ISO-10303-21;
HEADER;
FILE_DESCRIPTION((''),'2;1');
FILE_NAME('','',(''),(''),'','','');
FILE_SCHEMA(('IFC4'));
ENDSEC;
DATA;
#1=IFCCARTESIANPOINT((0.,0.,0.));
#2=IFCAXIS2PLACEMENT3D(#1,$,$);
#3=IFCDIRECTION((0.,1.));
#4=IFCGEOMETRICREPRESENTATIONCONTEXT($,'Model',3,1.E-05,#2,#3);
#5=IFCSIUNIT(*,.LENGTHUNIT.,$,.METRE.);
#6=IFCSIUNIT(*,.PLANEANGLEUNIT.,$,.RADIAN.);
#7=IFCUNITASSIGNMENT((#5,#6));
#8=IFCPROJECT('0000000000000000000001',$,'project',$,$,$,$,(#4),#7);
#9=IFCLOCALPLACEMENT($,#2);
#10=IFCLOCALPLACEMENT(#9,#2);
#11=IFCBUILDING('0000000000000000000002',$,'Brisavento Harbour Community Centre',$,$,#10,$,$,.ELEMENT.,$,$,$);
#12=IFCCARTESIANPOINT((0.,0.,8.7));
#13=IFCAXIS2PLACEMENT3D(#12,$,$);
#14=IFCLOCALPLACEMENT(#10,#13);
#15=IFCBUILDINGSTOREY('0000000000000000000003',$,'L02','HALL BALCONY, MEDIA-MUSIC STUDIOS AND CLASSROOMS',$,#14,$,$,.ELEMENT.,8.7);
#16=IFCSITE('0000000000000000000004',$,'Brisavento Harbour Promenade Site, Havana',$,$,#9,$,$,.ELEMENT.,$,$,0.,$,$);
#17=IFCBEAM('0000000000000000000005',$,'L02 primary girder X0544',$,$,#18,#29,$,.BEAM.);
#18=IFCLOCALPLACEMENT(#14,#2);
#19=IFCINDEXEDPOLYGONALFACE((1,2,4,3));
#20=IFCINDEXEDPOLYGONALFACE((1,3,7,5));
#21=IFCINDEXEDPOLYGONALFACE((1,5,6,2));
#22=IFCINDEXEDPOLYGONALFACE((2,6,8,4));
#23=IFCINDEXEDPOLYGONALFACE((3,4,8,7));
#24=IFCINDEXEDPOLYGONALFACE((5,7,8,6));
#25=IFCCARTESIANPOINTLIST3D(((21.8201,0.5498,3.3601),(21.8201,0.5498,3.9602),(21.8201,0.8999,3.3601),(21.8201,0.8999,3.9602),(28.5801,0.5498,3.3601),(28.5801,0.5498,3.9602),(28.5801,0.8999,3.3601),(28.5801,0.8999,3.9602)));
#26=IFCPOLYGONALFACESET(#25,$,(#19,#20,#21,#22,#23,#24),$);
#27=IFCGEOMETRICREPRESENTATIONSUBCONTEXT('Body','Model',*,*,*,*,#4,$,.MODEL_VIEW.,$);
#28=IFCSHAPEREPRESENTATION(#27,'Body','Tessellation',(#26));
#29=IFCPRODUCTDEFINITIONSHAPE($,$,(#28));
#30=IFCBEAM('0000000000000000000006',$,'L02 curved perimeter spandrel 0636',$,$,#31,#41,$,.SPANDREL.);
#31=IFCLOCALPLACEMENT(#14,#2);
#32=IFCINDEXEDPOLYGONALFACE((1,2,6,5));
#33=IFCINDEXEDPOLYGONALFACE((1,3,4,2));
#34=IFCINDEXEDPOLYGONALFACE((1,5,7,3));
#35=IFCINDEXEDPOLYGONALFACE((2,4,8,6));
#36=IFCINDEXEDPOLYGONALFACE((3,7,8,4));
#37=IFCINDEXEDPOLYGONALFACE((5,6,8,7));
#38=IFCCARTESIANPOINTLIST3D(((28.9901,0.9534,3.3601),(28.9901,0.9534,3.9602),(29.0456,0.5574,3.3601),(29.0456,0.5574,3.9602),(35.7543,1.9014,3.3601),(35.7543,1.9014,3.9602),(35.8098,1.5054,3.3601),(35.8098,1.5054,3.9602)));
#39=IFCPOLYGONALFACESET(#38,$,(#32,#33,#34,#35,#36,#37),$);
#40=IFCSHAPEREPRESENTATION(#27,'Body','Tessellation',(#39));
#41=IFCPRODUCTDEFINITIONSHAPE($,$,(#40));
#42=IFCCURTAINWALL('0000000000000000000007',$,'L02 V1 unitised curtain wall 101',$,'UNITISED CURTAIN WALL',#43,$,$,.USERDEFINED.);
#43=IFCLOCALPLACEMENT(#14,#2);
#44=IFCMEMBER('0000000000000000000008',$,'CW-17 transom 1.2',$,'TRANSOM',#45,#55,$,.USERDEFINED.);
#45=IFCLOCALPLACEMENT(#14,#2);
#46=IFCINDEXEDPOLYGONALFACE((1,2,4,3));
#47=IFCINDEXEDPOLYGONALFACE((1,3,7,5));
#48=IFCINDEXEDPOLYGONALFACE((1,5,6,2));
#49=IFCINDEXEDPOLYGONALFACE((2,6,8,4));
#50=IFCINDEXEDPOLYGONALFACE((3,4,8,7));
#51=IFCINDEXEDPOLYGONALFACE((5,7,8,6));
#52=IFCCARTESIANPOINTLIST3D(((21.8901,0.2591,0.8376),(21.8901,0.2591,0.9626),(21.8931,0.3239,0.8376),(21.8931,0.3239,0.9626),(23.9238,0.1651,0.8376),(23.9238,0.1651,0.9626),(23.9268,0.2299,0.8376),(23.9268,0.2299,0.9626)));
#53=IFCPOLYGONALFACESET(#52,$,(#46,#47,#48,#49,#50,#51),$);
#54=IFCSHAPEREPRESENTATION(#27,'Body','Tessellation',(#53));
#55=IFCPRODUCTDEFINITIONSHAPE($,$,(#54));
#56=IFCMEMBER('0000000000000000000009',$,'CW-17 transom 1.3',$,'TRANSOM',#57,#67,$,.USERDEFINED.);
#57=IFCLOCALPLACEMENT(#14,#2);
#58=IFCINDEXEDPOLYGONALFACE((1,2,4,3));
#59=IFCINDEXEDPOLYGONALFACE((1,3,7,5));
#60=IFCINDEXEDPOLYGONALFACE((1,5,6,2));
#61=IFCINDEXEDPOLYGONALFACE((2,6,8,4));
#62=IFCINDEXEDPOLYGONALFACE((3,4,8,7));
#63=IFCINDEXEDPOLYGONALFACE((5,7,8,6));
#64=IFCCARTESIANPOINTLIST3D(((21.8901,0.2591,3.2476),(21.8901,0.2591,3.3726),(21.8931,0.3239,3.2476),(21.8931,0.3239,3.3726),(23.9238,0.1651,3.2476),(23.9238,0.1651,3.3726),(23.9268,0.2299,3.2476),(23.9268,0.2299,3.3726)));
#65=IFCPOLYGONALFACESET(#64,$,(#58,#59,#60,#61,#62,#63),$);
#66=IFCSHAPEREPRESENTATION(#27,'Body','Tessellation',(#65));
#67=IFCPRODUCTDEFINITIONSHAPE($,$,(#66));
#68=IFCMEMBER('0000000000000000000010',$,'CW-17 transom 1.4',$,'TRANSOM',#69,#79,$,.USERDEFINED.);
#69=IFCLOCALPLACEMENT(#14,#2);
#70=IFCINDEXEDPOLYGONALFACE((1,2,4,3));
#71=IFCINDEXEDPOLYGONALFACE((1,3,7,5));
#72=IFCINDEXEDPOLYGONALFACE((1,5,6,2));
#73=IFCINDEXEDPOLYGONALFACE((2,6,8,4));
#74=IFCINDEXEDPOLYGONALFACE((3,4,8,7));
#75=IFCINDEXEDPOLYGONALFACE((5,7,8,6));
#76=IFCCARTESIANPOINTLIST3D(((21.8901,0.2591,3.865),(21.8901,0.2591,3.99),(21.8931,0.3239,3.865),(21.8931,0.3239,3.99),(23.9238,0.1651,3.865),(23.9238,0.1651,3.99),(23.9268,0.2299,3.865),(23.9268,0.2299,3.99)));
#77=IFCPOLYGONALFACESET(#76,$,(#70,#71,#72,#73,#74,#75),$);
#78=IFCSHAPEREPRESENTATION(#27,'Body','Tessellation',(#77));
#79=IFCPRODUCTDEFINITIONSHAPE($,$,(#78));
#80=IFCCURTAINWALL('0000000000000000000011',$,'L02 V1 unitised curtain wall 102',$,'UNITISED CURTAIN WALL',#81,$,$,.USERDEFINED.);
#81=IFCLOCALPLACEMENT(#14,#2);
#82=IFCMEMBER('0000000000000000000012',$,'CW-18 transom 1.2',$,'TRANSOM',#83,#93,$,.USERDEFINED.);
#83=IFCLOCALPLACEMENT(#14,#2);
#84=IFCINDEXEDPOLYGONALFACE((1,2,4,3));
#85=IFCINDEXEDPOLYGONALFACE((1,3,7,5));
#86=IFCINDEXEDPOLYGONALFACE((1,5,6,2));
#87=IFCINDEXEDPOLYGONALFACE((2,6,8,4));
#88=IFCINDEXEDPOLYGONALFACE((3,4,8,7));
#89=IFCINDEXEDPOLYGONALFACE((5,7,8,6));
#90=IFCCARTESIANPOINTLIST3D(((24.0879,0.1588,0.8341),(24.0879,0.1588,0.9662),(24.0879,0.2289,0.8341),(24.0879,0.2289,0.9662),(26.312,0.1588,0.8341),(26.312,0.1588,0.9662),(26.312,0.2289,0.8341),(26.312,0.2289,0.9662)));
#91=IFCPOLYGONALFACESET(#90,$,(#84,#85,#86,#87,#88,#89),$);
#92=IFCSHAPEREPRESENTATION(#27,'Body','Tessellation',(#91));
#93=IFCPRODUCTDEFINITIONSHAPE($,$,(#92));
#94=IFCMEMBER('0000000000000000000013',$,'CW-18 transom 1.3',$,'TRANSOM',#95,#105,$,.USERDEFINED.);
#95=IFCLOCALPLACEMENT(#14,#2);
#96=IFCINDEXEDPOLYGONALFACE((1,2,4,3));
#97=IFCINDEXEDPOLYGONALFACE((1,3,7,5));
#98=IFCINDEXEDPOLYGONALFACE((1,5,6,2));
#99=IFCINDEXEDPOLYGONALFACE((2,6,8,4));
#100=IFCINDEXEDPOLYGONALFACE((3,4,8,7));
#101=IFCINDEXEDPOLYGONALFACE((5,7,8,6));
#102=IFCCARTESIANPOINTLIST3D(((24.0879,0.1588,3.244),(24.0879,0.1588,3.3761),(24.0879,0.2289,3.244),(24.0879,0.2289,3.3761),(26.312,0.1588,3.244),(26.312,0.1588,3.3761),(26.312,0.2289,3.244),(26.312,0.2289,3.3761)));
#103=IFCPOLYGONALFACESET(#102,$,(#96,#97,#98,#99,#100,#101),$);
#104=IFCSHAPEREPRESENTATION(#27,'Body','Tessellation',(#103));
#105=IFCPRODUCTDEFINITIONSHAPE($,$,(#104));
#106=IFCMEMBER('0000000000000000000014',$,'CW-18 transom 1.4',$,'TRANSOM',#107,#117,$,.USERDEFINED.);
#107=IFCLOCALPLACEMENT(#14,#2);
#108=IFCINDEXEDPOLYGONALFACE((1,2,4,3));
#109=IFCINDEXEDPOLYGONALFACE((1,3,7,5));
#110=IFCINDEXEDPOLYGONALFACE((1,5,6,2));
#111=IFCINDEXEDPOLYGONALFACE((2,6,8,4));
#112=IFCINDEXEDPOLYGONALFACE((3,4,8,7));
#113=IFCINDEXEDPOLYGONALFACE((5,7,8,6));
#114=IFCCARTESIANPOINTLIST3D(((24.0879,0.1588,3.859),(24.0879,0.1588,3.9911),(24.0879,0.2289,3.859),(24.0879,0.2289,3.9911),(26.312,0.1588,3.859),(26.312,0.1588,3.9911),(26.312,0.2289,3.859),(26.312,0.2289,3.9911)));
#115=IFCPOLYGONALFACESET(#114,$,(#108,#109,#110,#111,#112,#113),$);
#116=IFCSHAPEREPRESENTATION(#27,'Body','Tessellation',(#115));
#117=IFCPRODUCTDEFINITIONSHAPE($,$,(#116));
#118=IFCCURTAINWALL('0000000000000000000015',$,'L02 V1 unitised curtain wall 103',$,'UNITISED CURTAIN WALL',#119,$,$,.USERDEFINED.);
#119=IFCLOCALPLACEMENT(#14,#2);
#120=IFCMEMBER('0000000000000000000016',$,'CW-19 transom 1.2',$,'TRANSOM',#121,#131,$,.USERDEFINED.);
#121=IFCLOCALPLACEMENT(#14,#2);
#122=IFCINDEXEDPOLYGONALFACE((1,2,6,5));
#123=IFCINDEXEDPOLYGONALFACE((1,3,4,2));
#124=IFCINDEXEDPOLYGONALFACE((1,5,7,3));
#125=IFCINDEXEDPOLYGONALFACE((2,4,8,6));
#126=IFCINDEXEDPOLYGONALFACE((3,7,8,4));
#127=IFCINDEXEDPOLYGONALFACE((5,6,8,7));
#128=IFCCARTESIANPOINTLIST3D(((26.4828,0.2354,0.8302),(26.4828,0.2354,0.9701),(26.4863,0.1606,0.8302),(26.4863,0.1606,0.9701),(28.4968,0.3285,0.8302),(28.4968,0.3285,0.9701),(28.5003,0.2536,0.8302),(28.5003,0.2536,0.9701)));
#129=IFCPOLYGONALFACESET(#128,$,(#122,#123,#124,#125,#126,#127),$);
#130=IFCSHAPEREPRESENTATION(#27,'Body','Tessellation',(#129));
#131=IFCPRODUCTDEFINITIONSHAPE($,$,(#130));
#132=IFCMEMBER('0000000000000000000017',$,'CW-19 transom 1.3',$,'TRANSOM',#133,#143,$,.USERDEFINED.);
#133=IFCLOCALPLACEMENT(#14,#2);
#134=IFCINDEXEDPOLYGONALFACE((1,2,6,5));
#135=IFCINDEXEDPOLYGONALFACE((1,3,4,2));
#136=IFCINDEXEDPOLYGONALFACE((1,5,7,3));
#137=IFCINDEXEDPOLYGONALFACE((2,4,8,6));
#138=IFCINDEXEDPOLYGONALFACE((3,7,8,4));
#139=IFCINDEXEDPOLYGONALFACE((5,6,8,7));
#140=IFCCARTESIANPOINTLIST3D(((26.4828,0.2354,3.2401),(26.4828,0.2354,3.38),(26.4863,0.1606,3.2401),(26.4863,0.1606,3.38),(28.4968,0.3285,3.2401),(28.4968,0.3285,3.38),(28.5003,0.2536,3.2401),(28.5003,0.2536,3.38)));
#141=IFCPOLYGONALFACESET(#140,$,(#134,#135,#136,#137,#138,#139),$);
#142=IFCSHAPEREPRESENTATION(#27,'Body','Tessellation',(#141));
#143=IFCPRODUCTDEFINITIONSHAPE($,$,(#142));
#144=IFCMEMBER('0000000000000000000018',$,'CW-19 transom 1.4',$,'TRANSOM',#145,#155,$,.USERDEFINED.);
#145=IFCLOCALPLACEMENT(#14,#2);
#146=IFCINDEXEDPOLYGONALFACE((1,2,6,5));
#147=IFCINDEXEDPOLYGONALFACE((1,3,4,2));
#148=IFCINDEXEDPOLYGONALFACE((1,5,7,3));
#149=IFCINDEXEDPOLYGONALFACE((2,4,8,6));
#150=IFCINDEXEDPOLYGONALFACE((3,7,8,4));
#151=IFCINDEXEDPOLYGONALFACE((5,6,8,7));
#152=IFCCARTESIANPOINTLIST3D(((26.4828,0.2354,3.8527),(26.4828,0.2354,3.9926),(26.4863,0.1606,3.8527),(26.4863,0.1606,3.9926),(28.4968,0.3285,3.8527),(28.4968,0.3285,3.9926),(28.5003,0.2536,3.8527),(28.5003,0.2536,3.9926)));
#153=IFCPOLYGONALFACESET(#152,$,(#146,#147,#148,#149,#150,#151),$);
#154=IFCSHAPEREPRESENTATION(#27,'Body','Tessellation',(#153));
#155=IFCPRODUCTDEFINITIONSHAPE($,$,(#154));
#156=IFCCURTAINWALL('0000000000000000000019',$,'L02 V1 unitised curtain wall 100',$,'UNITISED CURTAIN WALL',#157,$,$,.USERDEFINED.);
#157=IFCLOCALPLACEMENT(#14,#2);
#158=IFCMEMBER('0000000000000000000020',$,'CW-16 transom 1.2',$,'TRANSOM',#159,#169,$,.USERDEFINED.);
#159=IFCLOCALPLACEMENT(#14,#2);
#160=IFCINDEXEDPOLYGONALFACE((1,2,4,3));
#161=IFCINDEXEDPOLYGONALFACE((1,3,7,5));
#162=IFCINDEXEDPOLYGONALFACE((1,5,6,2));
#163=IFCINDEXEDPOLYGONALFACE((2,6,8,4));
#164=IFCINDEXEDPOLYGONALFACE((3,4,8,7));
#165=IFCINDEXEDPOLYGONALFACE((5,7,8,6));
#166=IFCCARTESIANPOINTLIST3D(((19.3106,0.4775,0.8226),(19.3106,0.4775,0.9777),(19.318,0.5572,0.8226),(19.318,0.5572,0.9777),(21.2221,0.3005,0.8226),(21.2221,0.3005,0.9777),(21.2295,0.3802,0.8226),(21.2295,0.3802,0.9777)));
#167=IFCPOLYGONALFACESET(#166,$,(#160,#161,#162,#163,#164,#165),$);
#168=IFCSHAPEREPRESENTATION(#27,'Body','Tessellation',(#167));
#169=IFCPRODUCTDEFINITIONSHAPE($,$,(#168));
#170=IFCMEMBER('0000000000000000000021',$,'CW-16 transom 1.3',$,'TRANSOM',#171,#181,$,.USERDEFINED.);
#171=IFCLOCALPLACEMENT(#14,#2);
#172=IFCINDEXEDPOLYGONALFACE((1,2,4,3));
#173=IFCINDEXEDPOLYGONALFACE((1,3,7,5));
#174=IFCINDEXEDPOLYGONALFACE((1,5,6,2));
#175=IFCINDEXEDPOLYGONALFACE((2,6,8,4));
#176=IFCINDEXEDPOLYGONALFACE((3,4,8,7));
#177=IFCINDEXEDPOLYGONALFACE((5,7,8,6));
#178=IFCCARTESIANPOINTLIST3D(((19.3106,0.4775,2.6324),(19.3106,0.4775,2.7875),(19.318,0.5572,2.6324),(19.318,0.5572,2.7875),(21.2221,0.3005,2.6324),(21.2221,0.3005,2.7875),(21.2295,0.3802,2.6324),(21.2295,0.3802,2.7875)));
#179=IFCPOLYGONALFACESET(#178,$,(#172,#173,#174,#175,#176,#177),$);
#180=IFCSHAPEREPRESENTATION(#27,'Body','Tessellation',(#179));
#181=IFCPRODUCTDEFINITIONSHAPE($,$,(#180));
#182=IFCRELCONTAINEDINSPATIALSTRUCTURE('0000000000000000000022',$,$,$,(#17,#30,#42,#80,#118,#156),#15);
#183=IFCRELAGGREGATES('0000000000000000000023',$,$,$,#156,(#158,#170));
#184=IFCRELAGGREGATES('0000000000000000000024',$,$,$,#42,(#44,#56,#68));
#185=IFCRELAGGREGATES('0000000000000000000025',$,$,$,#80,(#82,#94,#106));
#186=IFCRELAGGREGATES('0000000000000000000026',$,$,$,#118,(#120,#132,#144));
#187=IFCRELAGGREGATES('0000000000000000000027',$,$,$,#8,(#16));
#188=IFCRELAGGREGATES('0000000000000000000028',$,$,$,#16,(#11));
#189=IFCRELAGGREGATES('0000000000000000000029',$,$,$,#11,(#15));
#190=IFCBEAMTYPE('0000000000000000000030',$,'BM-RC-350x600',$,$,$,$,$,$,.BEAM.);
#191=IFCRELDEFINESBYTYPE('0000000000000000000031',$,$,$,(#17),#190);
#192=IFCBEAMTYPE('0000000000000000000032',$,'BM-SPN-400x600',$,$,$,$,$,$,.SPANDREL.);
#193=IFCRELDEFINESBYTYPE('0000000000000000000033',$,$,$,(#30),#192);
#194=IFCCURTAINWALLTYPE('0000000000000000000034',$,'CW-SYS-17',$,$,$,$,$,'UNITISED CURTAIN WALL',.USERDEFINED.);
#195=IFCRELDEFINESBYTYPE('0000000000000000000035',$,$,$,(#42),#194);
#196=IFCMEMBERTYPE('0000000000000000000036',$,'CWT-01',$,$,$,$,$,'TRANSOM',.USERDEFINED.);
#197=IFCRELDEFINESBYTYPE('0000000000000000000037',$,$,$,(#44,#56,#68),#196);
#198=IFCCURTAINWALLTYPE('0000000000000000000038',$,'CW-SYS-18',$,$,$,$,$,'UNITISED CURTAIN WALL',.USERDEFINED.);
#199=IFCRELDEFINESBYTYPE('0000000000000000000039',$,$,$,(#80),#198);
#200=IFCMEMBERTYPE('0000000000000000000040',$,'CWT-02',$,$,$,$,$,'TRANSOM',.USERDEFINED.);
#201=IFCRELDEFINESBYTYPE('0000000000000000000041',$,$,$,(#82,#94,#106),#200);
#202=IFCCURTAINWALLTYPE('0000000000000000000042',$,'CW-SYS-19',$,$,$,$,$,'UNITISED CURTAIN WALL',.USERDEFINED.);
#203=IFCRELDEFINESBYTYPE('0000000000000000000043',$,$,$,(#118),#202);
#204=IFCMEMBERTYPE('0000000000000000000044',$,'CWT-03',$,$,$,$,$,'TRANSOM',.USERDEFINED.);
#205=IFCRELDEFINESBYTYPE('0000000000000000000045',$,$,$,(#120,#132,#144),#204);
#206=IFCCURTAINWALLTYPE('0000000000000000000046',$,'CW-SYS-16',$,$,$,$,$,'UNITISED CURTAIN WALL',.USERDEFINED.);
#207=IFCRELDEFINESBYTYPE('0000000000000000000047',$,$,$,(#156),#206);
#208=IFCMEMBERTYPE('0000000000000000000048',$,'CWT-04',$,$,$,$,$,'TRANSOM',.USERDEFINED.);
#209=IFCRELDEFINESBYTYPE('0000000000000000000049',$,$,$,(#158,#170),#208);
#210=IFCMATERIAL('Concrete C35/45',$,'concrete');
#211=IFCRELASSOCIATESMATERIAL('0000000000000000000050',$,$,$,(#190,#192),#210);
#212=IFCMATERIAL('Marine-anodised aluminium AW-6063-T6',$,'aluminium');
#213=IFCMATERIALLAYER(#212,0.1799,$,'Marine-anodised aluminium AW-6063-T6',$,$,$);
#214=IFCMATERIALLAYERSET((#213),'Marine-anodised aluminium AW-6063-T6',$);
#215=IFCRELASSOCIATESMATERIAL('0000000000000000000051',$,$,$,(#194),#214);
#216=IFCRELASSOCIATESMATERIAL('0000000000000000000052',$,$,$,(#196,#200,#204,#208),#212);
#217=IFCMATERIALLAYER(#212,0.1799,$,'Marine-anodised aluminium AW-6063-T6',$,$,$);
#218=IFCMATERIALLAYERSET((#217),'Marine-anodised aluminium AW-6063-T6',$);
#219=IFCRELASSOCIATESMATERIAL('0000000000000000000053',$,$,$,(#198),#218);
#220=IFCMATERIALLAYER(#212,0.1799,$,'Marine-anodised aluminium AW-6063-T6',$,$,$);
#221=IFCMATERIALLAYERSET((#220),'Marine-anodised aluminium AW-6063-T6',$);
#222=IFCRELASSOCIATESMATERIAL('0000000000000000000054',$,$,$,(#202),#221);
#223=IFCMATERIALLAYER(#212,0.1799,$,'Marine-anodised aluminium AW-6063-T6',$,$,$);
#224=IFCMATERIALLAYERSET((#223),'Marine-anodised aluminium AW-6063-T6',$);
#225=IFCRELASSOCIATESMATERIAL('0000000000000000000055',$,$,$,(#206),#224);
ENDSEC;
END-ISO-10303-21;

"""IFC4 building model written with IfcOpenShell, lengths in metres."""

from ifc_helpers import new_model, si_unit, direction, frame, origin, origin_2d, place, context, subcontext, project, spatial, rectangle, extrude, material, layer, layer_set, material_profile, profile_set, type_object, element, aggregate, save


model = new_model("IFC4")

# Units and contexts
model_context = context("Model", 3, precision=1e-05, world=origin(), true_north=direction((0.0, 1.0)))
body_context = subcontext(model_context, "Body", "Model", "MODEL_VIEW")
ifc_project = project(units=[si_unit("LENGTHUNIT", "METRE"), si_unit("PLANEANGLEUNIT", "RADIAN")], contexts=[model_context])

# Site, building, storey
site_placement = place(None, origin())
site = spatial("IfcSite", under=ifc_project, at=site_placement, Name="Brisavento Harbour Promenade Site, Havana", CompositionType="ELEMENT", RefElevation=0.0)
building_placement = place(site_placement, origin())
building = spatial("IfcBuilding", under=site, at=building_placement, Name="Brisavento Harbour Community Centre", CompositionType="ELEMENT")
storey_placement = place(building_placement, frame((0.0, 0.0, 8.7)))
storey = spatial("IfcBuildingStorey", under=building, at=storey_placement, Name="L02", Description="HALL BALCONY, MEDIA-MUSIC STUDIOS AND CLASSROOMS", CompositionType="ELEMENT", Elevation=8.7)

# Beams
ifc_material_1 = material(Name="Concrete C35/45", Category="concrete")
ifc_material_profile_1 = material_profile(ifc_material_1, rectangle(XDim=0.3501, YDim=0.6001, at=origin_2d()), Name="Concrete C35/45")
ifc_profile_set_1 = profile_set([ifc_material_profile_1], Name="Concrete C35/45")
beam_type_1 = type_object("IfcBeamType", Name="BM-RC-350x600", PredefinedType="BEAM", material=ifc_profile_set_1)
beam_1_placement = place(storey_placement, frame((21.8201, 0.7249, 3.6602), z_axis=(1.0, 0.0, 0.0), x_axis=(0.0, 1.0, 0.0)))
element("IfcBeam", 1, at=beam_1_placement, inside=storey, type_object=beam_type_1, Name="L02 primary girder X0544", PredefinedType="BEAM", context=body_context, shape_type="SweptSolid", body=[
    extrude(rectangle(XDim=0.3501, YDim=0.6001, at=origin_2d()), origin(), (0.0, 0.0, 1.0), 6.76),
])
ifc_material_profile_2 = material_profile(ifc_material_1, rectangle(XDim=0.3999, YDim=0.6001, at=origin_2d()), Name="Concrete C35/45")
ifc_profile_set_2 = profile_set([ifc_material_profile_2], Name="Concrete C35/45")
beam_type_2 = type_object("IfcBeamType", Name="BM-SPN-400x600", PredefinedType="SPANDREL", material=ifc_profile_set_2)
beam_2_placement = place(storey_placement, frame((29.0178, 0.7554, 3.6602), z_axis=(0.990321, 0.138794, 0.0), x_axis=(-0.138794, 0.990321, 0.0)))
element("IfcBeam", 2, at=beam_2_placement, inside=storey, type_object=beam_type_2, Name="L02 curved perimeter spandrel 0636", PredefinedType="SPANDREL", context=body_context, shape_type="SweptSolid", body=[
    extrude(rectangle(XDim=0.3999, YDim=0.6001, at=origin_2d()), origin(), (0.0, 0.0, 1.0), 6.8303),
])

# Curtain walls, members
ifc_material_2 = material(Name="Marine-anodised aluminium AW-6063-T6", Category="aluminium")
ifc_layer_1 = layer(ifc_material_2, 0.1799, Name="Marine-anodised aluminium AW-6063-T6")
ifc_layer_set_1 = layer_set([ifc_layer_1], Name="Marine-anodised aluminium AW-6063-T6")
curtain_wall_type_1 = type_object("IfcCurtainWallType", Name="CW-SYS-17", ElementType="UNITISED CURTAIN WALL", PredefinedType="USERDEFINED", material=ifc_layer_set_1)
curtain_wall_1_placement = place(storey_placement, origin())
curtain_wall_1 = element("IfcCurtainWall", 3, at=curtain_wall_1_placement, inside=storey, type_object=curtain_wall_type_1, Name="L02 V1 unitised curtain wall 101", ObjectType="UNITISED CURTAIN WALL", PredefinedType="USERDEFINED")
ifc_material_profile_3 = material_profile(ifc_material_2, rectangle(XDim=0.0649, YDim=0.125, at=origin_2d()), Name="Marine-anodised aluminium AW-6063-T6")
ifc_profile_set_3 = profile_set([ifc_material_profile_3], Name="Marine-anodised aluminium AW-6063-T6")
member_type_1 = type_object("IfcMemberType", Name="CWT-01", ElementType="TRANSOM", PredefinedType="USERDEFINED", material=ifc_profile_set_3)
member_1_placement = place(storey_placement, frame((23.9253, 0.1975, 0.9001), z_axis=(-0.998934, 0.046169, 0.0), x_axis=(-0.046169, -0.998934, 0.0)))
member_1 = element("IfcMember", 4, at=member_1_placement, type_object=member_type_1, Name="CW-17 transom 1.2", ObjectType="TRANSOM", PredefinedType="USERDEFINED", context=body_context, shape_type="SweptSolid", body=[
    extrude(rectangle(XDim=0.0649, YDim=0.125, at=origin_2d()), origin(), (0.0, 0.0, 1.0), 2.0359),
])
member_2_placement = place(storey_placement, frame((23.9253, 0.1975, 3.3101), z_axis=(-0.998934, 0.046169, 0.0), x_axis=(-0.046169, -0.998934, 0.0)))
member_2 = element("IfcMember", 5, at=member_2_placement, type_object=member_type_1, Name="CW-17 transom 1.3", ObjectType="TRANSOM", PredefinedType="USERDEFINED", context=body_context, shape_type="SweptSolid", body=[
    extrude(rectangle(XDim=0.0649, YDim=0.125, at=origin_2d()), origin(), (0.0, 0.0, 1.0), 2.0359),
])
member_3_placement = place(storey_placement, frame((23.9253, 0.1975, 3.9275), z_axis=(-0.998934, 0.046169, 0.0), x_axis=(-0.046169, -0.998934, 0.0)))
member_3 = element("IfcMember", 6, at=member_3_placement, type_object=member_type_1, Name="CW-17 transom 1.4", ObjectType="TRANSOM", PredefinedType="USERDEFINED", context=body_context, shape_type="SweptSolid", body=[
    extrude(rectangle(XDim=0.0649, YDim=0.125, at=origin_2d()), origin(), (0.0, 0.0, 1.0), 2.0359),
])
ifc_layer_2 = layer(ifc_material_2, 0.1799, Name="Marine-anodised aluminium AW-6063-T6")
ifc_layer_set_2 = layer_set([ifc_layer_2], Name="Marine-anodised aluminium AW-6063-T6")
curtain_wall_type_2 = type_object("IfcCurtainWallType", Name="CW-SYS-18", ElementType="UNITISED CURTAIN WALL", PredefinedType="USERDEFINED", material=ifc_layer_set_2)
curtain_wall_2_placement = place(storey_placement, origin())
curtain_wall_2 = element("IfcCurtainWall", 7, at=curtain_wall_2_placement, inside=storey, type_object=curtain_wall_type_2, Name="L02 V1 unitised curtain wall 102", ObjectType="UNITISED CURTAIN WALL", PredefinedType="USERDEFINED")
ifc_material_profile_4 = material_profile(ifc_material_2, rectangle(XDim=0.0701, YDim=0.1321, at=origin_2d()), Name="Marine-anodised aluminium AW-6063-T6")
ifc_profile_set_4 = profile_set([ifc_material_profile_4], Name="Marine-anodised aluminium AW-6063-T6")
member_type_2 = type_object("IfcMemberType", Name="CWT-02", ElementType="TRANSOM", PredefinedType="USERDEFINED", material=ifc_profile_set_4)
member_4_placement = place(storey_placement, frame((26.312, 0.1938, 0.9001), z_axis=(-1.0, 0.0, 0.0), x_axis=(0.0, -1.0, 0.0)))
member_4 = element("IfcMember", 8, at=member_4_placement, type_object=member_type_2, Name="CW-18 transom 1.2", ObjectType="TRANSOM", PredefinedType="USERDEFINED", context=body_context, shape_type="SweptSolid", body=[
    extrude(rectangle(XDim=0.0701, YDim=0.1321, at=origin_2d()), origin(), (0.0, 0.0, 1.0), 2.2241),
])
member_5_placement = place(storey_placement, frame((26.312, 0.1938, 3.3101), z_axis=(-1.0, 0.0, 0.0), x_axis=(0.0, -1.0, 0.0)))
member_5 = element("IfcMember", 9, at=member_5_placement, type_object=member_type_2, Name="CW-18 transom 1.3", ObjectType="TRANSOM", PredefinedType="USERDEFINED", context=body_context, shape_type="SweptSolid", body=[
    extrude(rectangle(XDim=0.0701, YDim=0.1321, at=origin_2d()), origin(), (0.0, 0.0, 1.0), 2.2241),
])
member_6_placement = place(storey_placement, frame((26.312, 0.1938, 3.925), z_axis=(-1.0, 0.0, 0.0), x_axis=(0.0, -1.0, 0.0)))
member_6 = element("IfcMember", 10, at=member_6_placement, type_object=member_type_2, Name="CW-18 transom 1.4", ObjectType="TRANSOM", PredefinedType="USERDEFINED", context=body_context, shape_type="SweptSolid", body=[
    extrude(rectangle(XDim=0.0701, YDim=0.1321, at=origin_2d()), origin(), (0.0, 0.0, 1.0), 2.2241),
])
ifc_layer_3 = layer(ifc_material_2, 0.1799, Name="Marine-anodised aluminium AW-6063-T6")
ifc_layer_set_3 = layer_set([ifc_layer_3], Name="Marine-anodised aluminium AW-6063-T6")
curtain_wall_type_3 = type_object("IfcCurtainWallType", Name="CW-SYS-19", ElementType="UNITISED CURTAIN WALL", PredefinedType="USERDEFINED", material=ifc_layer_set_3)
curtain_wall_3_placement = place(storey_placement, origin())
curtain_wall_3 = element("IfcCurtainWall", 11, at=curtain_wall_3_placement, inside=storey, type_object=curtain_wall_type_3, Name="L02 V1 unitised curtain wall 103", ObjectType="UNITISED CURTAIN WALL", PredefinedType="USERDEFINED")
ifc_material_profile_5 = material_profile(ifc_material_2, rectangle(XDim=0.075, YDim=0.1399, at=origin_2d()), Name="Marine-anodised aluminium AW-6063-T6")
ifc_profile_set_5 = profile_set([ifc_material_profile_5], Name="Marine-anodised aluminium AW-6063-T6")
member_type_3 = type_object("IfcMemberType", Name="CWT-03", ElementType="TRANSOM", PredefinedType="USERDEFINED", material=ifc_profile_set_5)
member_7_placement = place(storey_placement, frame((28.4985, 0.291, 0.9001), z_axis=(-0.998935, -0.046138, 0.0), x_axis=(0.046138, -0.998935, 0.0)))
member_7 = element("IfcMember", 12, at=member_7_placement, type_object=member_type_3, Name="CW-19 transom 1.2", ObjectType="TRANSOM", PredefinedType="USERDEFINED", context=body_context, shape_type="SweptSolid", body=[
    extrude(rectangle(XDim=0.075, YDim=0.1399, at=origin_2d()), origin(), (0.0, 0.0, 1.0), 2.0161),
])
member_8_placement = place(storey_placement, frame((28.4985, 0.291, 3.3101), z_axis=(-0.998935, -0.046138, 0.0), x_axis=(0.046138, -0.998935, 0.0)))
member_8 = element("IfcMember", 13, at=member_8_placement, type_object=member_type_3, Name="CW-19 transom 1.3", ObjectType="TRANSOM", PredefinedType="USERDEFINED", context=body_context, shape_type="SweptSolid", body=[
    extrude(rectangle(XDim=0.075, YDim=0.1399, at=origin_2d()), origin(), (0.0, 0.0, 1.0), 2.0161),
])
member_9_placement = place(storey_placement, frame((28.4985, 0.291, 3.9226), z_axis=(-0.998935, -0.046138, 0.0), x_axis=(0.046138, -0.998935, 0.0)))
member_9 = element("IfcMember", 14, at=member_9_placement, type_object=member_type_3, Name="CW-19 transom 1.4", ObjectType="TRANSOM", PredefinedType="USERDEFINED", context=body_context, shape_type="SweptSolid", body=[
    extrude(rectangle(XDim=0.075, YDim=0.1399, at=origin_2d()), origin(), (0.0, 0.0, 1.0), 2.0161),
])
ifc_layer_4 = layer(ifc_material_2, 0.1799, Name="Marine-anodised aluminium AW-6063-T6")
ifc_layer_set_4 = layer_set([ifc_layer_4], Name="Marine-anodised aluminium AW-6063-T6")
curtain_wall_type_4 = type_object("IfcCurtainWallType", Name="CW-SYS-16", ElementType="UNITISED CURTAIN WALL", PredefinedType="USERDEFINED", material=ifc_layer_set_4)
curtain_wall_4_placement = place(storey_placement, origin())
curtain_wall_4 = element("IfcCurtainWall", 15, at=curtain_wall_4_placement, inside=storey, type_object=curtain_wall_type_4, Name="L02 V1 unitised curtain wall 100", ObjectType="UNITISED CURTAIN WALL", PredefinedType="USERDEFINED")
ifc_material_profile_6 = material_profile(ifc_material_2, rectangle(XDim=0.0801, YDim=0.155, at=origin_2d()), Name="Marine-anodised aluminium AW-6063-T6")
ifc_profile_set_6 = profile_set([ifc_material_profile_6], Name="Marine-anodised aluminium AW-6063-T6")
member_type_4 = type_object("IfcMemberType", Name="CWT-04", ElementType="TRANSOM", PredefinedType="USERDEFINED", material=ifc_profile_set_6)
member_10_placement = place(storey_placement, frame((21.2258, 0.3403, 0.9001), z_axis=(-0.995741, 0.092198, 0.0), x_axis=(-0.092198, -0.995741, 0.0)))
member_10 = element("IfcMember", 16, at=member_10_placement, type_object=member_type_4, Name="CW-16 transom 1.2", ObjectType="TRANSOM", PredefinedType="USERDEFINED", context=body_context, shape_type="SweptSolid", body=[
    extrude(rectangle(XDim=0.0801, YDim=0.155, at=origin_2d()), origin(), (0.0, 0.0, 1.0), 1.9197),
])
member_11_placement = place(storey_placement, frame((21.2258, 0.3403, 2.71), z_axis=(-0.995741, 0.092198, 0.0), x_axis=(-0.092198, -0.995741, 0.0)))
member_11 = element("IfcMember", 17, at=member_11_placement, type_object=member_type_4, Name="CW-16 transom 1.3", ObjectType="TRANSOM", PredefinedType="USERDEFINED", context=body_context, shape_type="SweptSolid", body=[
    extrude(rectangle(XDim=0.0801, YDim=0.155, at=origin_2d()), origin(), (0.0, 0.0, 1.0), 1.9197),
])
aggregate(curtain_wall_4, [member_10, member_11])

aggregate(curtain_wall_1, [member_1, member_2, member_3])
aggregate(curtain_wall_2, [member_4, member_5, member_6])
aggregate(curtain_wall_3, [member_7, member_8, member_9])

save(model, "model.ifc")
